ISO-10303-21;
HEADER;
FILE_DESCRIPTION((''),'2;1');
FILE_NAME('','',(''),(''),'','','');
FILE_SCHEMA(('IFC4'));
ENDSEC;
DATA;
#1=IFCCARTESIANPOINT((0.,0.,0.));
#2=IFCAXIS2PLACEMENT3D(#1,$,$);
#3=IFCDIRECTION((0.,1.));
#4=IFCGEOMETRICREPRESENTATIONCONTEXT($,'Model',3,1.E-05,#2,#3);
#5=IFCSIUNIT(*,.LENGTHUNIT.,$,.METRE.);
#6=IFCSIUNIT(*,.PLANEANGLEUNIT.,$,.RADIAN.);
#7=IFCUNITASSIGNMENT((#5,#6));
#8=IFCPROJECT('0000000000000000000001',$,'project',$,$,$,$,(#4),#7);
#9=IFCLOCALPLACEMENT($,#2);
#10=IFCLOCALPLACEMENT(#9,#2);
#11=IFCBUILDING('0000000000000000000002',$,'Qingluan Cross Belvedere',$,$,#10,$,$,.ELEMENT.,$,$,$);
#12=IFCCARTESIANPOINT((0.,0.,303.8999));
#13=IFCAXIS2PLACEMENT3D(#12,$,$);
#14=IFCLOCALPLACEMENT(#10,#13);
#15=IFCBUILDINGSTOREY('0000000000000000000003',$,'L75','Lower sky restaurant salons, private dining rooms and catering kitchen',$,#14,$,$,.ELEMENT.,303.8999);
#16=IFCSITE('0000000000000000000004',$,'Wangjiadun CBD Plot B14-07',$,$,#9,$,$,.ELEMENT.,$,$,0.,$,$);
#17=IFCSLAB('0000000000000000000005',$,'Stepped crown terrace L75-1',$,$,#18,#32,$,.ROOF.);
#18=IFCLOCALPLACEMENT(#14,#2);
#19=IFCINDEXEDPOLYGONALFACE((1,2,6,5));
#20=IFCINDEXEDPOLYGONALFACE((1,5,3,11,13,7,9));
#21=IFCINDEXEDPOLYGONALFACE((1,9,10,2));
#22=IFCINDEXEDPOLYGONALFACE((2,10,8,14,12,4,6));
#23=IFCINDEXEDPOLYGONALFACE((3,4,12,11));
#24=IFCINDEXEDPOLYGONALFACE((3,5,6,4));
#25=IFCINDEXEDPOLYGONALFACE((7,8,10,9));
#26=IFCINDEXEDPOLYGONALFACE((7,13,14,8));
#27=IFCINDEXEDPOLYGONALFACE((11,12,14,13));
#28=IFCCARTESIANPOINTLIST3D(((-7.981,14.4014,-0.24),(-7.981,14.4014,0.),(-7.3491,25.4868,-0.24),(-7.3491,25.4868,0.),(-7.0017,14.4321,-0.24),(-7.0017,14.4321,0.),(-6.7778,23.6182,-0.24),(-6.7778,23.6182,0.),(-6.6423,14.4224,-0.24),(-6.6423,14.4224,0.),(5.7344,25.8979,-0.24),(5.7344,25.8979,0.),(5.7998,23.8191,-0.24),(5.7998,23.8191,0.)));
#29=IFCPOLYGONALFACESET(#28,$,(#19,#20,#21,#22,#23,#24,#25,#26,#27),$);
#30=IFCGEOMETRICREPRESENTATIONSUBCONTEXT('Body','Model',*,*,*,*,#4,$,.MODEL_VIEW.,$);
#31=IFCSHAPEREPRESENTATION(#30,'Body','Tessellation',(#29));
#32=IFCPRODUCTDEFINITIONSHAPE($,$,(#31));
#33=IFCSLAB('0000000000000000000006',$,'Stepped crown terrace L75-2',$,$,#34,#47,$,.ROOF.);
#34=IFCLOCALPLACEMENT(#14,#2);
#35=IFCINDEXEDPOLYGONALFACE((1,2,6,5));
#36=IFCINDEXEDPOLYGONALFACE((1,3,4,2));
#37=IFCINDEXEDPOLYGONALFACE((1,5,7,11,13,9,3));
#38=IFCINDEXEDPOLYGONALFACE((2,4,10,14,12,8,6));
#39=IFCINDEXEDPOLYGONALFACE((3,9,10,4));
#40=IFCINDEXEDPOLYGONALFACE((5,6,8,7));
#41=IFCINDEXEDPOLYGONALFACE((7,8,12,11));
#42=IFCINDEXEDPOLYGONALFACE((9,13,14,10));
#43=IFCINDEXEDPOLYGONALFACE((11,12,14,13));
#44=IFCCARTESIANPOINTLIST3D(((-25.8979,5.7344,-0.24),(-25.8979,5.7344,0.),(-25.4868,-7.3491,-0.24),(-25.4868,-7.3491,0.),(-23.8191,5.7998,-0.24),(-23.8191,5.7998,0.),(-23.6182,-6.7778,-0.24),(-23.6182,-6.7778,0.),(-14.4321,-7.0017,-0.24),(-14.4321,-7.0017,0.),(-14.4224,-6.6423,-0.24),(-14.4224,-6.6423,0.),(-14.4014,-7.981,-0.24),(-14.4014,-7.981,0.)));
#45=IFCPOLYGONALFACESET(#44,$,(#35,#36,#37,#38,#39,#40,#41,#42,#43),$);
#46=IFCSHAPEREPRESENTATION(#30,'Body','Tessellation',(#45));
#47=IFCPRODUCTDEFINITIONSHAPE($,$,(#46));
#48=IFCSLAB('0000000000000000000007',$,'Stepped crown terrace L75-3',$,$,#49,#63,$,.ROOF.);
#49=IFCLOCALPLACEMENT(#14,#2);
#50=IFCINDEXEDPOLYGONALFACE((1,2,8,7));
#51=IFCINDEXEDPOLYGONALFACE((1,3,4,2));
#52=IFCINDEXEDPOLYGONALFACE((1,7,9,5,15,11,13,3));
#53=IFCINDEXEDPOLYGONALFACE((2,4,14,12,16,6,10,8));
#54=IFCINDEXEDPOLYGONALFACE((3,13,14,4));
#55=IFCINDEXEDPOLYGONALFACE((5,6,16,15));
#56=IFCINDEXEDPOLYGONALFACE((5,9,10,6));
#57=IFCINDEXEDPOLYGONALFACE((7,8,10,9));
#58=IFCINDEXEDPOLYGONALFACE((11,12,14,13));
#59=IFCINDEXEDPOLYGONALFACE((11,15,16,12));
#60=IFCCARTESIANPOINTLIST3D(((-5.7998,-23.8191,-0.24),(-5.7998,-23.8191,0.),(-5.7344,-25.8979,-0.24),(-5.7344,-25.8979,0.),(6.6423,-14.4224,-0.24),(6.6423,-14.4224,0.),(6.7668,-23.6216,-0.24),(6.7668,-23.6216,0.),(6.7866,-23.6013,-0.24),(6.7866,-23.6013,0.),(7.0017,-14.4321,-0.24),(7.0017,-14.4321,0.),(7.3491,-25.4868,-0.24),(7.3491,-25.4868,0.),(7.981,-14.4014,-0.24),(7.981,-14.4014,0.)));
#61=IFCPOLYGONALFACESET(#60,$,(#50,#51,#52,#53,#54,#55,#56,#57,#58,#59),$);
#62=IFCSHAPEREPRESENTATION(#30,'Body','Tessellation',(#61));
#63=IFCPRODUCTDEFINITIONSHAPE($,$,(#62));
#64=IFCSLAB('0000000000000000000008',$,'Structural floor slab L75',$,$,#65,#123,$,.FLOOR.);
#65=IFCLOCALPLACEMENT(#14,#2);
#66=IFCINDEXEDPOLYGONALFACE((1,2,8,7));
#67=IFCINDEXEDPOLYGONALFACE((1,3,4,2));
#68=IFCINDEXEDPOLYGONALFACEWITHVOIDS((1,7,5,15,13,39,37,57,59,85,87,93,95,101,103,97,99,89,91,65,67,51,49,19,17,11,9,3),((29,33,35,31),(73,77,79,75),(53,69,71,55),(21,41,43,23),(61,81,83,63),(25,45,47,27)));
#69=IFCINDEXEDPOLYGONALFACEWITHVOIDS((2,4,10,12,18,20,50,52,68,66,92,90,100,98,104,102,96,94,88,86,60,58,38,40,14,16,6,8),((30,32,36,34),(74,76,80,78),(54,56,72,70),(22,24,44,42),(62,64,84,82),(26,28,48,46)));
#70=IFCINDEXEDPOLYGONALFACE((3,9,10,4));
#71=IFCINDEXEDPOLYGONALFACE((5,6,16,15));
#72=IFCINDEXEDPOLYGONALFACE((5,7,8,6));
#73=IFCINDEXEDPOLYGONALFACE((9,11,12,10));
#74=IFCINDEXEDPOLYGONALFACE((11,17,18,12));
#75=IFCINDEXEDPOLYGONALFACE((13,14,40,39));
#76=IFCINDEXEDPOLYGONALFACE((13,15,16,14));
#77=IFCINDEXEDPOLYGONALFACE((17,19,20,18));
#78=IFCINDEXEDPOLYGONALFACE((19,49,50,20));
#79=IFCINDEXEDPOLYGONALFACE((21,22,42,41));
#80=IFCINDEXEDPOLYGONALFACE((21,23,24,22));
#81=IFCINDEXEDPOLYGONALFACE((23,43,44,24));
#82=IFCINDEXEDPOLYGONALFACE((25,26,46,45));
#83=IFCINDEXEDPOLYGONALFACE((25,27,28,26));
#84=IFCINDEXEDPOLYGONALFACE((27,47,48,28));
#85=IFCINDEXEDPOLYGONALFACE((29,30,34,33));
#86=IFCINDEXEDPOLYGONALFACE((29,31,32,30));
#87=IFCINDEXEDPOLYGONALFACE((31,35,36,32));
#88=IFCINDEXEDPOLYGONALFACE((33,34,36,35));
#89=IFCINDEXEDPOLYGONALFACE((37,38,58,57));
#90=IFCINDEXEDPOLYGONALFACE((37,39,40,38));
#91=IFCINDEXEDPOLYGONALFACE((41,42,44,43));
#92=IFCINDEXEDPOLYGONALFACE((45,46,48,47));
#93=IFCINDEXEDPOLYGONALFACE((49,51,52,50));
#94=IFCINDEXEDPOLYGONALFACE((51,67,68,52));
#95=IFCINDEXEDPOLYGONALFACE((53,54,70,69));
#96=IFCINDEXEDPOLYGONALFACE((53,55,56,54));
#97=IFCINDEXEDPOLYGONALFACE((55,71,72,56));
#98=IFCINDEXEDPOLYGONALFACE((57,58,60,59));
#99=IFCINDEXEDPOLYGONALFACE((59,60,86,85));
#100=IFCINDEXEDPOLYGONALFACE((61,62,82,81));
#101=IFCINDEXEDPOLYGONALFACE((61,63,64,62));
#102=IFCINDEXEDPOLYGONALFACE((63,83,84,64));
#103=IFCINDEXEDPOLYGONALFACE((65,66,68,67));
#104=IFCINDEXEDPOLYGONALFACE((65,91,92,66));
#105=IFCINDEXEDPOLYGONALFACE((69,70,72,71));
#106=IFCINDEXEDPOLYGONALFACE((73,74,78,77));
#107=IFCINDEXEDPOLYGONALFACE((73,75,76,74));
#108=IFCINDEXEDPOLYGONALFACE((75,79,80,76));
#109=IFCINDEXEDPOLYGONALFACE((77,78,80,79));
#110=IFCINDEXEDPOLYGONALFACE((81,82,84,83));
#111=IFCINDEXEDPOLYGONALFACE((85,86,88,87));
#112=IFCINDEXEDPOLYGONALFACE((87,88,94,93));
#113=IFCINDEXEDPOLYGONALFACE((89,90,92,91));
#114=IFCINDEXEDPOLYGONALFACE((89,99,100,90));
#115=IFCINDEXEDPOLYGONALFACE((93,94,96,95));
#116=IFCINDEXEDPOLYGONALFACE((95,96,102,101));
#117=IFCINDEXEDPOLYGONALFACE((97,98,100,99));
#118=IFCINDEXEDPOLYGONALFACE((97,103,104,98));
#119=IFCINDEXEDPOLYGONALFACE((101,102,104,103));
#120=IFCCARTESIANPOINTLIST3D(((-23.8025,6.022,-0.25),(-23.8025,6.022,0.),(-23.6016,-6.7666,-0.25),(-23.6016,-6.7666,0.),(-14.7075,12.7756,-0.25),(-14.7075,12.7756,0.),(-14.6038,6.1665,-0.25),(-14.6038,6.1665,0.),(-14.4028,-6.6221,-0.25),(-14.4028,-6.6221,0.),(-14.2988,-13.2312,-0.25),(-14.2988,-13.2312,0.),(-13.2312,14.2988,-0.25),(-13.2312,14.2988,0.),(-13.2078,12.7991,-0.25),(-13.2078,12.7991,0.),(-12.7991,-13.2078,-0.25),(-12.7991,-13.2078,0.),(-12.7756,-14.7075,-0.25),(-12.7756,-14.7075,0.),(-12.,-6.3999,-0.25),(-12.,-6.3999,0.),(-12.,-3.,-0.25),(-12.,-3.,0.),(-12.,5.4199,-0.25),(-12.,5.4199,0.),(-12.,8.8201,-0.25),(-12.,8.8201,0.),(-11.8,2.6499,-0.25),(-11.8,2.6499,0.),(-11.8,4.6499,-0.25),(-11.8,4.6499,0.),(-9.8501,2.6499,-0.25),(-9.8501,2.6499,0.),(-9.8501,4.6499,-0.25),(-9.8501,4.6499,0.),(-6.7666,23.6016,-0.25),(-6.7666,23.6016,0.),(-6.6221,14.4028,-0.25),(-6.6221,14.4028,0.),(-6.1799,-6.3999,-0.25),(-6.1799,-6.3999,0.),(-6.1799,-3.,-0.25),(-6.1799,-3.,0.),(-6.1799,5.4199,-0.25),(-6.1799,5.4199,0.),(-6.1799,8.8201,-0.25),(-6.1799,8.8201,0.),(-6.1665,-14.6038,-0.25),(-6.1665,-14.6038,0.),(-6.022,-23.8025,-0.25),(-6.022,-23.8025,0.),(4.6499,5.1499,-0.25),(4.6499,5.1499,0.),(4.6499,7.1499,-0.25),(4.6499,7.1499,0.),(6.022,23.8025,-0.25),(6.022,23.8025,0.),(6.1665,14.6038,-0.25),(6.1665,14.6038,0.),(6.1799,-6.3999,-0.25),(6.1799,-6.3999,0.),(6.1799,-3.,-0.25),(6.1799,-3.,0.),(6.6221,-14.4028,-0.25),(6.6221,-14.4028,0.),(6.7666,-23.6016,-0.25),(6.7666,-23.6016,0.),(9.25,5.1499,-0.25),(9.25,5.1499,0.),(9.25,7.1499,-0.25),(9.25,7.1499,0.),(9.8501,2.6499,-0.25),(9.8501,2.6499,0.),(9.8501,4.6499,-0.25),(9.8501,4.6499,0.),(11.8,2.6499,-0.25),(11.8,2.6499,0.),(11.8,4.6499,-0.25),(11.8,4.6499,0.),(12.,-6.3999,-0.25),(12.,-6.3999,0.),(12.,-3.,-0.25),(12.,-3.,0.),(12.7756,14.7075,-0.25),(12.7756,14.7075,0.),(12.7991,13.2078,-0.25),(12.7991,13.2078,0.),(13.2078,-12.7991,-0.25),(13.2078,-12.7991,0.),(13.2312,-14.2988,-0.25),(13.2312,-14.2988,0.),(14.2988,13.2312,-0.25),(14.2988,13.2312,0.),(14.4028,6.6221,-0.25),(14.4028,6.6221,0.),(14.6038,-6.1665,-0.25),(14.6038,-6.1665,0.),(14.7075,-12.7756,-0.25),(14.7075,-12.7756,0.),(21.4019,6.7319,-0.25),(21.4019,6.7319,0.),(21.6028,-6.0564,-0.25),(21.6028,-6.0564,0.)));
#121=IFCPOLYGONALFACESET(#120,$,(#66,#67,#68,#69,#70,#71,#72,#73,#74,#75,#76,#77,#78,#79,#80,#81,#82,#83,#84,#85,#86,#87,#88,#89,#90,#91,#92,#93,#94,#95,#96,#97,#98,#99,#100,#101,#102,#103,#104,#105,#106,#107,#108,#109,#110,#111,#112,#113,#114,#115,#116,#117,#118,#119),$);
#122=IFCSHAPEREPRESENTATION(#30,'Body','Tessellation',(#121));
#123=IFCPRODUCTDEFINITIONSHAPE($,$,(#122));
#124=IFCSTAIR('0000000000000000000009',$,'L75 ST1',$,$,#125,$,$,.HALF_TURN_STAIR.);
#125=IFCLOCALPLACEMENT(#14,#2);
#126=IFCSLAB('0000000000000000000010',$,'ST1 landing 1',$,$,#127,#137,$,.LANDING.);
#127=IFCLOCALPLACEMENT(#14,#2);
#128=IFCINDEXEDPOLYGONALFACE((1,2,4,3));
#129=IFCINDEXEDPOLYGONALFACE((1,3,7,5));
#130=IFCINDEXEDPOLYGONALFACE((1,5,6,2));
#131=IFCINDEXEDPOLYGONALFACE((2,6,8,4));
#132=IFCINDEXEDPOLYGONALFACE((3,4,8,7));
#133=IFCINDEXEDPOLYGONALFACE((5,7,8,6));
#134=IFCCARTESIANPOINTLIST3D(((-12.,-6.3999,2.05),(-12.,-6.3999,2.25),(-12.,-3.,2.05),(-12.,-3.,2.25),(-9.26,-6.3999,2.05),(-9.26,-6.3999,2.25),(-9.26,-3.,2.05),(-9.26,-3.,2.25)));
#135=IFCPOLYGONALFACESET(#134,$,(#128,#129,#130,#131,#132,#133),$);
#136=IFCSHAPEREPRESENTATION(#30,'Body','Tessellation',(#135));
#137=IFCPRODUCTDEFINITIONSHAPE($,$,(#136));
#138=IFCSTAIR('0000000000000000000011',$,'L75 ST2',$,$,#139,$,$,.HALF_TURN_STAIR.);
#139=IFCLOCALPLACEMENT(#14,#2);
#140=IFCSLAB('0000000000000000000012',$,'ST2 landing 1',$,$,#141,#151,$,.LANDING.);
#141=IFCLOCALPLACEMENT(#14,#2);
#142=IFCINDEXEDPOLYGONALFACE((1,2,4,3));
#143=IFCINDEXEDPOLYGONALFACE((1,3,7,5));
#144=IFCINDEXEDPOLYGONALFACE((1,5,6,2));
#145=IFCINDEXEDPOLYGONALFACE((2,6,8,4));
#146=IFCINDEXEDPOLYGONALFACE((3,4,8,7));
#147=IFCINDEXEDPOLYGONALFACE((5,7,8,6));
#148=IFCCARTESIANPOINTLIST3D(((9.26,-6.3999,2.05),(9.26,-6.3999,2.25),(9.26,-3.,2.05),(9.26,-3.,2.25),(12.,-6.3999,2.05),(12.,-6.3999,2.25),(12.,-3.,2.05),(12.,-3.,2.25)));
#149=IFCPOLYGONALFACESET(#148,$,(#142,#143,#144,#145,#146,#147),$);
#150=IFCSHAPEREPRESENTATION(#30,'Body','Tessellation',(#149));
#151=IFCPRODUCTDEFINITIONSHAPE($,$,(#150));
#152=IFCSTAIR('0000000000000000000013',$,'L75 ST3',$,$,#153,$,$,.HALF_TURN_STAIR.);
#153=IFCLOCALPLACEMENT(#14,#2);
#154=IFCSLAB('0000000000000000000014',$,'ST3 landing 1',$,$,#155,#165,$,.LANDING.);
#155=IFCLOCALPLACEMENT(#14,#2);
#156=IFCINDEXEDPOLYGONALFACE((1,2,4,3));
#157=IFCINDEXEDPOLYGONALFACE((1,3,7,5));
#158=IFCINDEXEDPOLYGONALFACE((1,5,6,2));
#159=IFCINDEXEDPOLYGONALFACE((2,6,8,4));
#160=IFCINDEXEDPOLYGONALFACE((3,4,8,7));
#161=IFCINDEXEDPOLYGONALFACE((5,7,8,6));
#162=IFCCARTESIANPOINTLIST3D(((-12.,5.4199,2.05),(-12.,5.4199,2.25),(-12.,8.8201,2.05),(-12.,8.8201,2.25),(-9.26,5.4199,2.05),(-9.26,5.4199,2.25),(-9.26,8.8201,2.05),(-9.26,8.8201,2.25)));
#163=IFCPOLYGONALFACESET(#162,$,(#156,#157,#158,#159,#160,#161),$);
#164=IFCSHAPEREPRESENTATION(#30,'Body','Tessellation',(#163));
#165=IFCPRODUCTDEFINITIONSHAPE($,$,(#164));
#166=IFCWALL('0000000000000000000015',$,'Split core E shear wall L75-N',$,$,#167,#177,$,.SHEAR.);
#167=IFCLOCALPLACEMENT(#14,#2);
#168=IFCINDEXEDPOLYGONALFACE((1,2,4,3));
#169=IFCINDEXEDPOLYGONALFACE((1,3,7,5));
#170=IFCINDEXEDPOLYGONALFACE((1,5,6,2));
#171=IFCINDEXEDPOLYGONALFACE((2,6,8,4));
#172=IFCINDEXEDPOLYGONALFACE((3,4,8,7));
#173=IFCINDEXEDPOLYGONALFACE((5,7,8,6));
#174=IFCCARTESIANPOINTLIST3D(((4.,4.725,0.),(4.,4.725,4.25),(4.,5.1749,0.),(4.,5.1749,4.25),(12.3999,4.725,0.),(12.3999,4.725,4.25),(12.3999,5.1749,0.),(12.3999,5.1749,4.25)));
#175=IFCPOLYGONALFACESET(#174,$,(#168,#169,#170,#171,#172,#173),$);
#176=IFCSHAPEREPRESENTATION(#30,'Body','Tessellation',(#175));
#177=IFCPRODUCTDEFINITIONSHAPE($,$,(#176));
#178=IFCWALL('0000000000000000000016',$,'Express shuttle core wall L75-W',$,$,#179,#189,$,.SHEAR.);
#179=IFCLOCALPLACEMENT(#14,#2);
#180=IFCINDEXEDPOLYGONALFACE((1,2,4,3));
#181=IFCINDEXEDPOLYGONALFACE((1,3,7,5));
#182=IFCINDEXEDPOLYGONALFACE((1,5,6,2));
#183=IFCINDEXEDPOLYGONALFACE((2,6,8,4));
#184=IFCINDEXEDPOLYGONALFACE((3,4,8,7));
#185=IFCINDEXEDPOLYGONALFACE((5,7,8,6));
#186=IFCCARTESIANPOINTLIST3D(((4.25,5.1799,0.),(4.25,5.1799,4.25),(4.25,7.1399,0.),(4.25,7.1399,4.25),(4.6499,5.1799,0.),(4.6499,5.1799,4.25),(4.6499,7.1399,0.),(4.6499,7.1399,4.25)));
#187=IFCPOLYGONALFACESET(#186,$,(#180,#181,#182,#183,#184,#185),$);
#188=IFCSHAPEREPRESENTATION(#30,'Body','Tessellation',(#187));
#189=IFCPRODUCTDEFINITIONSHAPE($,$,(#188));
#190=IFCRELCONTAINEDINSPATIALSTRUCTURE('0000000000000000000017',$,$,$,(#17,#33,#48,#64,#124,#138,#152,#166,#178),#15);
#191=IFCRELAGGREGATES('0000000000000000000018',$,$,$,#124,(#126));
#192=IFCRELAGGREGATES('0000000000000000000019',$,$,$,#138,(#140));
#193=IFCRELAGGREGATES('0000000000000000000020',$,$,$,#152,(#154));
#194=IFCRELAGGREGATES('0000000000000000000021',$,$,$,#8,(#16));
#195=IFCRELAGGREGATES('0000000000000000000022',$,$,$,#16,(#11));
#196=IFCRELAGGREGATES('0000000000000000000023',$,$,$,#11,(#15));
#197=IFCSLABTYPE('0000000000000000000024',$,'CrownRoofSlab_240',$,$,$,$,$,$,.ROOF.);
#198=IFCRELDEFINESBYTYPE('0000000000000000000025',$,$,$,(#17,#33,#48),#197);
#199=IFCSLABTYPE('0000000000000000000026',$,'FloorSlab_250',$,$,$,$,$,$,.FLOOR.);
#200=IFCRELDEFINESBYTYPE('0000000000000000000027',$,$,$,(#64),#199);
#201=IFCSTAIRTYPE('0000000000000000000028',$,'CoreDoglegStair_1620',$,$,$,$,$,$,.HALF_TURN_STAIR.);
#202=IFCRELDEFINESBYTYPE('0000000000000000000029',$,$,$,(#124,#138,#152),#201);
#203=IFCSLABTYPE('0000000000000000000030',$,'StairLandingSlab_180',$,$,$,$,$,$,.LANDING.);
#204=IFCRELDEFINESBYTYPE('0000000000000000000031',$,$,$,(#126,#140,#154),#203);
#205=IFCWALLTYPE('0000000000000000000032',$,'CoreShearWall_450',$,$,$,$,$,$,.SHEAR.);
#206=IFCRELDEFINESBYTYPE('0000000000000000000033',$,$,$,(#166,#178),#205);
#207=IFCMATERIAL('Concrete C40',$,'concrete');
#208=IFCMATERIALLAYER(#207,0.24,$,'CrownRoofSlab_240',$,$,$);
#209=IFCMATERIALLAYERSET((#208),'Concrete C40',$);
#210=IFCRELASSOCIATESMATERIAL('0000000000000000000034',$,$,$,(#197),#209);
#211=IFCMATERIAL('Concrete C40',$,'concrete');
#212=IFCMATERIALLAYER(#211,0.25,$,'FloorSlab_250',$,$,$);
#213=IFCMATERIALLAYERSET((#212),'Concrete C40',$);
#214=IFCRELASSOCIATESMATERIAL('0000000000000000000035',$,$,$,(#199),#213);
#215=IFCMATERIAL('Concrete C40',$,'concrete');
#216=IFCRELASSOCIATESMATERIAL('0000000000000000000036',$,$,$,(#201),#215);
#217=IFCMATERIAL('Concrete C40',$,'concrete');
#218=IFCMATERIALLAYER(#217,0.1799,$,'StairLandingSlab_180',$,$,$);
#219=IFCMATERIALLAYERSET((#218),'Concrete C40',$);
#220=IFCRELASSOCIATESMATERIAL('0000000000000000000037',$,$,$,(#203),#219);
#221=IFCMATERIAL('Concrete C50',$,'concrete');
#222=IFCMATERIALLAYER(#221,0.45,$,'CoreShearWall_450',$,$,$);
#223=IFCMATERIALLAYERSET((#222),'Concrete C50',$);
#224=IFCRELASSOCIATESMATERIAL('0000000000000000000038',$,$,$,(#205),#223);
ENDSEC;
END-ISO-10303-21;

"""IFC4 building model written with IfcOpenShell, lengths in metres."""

from ifc_helpers import new_model, si_unit, direction, frame, frame_2d, origin, place, context, subcontext, project, spatial, polyline, rectangle, outline, extrude, material, layer, layer_set, type_object, element, aggregate, save


model = new_model("IFC4")

# Units and contexts
model_context = context("Model", 3, precision=1e-05, world=origin(), true_north=direction((0.0, 1.0)))
body_context = subcontext(model_context, "Body", "Model", "MODEL_VIEW")
ifc_project = project(units=[si_unit("LENGTHUNIT", "METRE"), si_unit("PLANEANGLEUNIT", "RADIAN")], contexts=[model_context])

# Site, building, storey
site_placement = place(None, origin())
site = spatial("IfcSite", under=ifc_project, at=site_placement, Name="Wangjiadun CBD Plot B14-07", CompositionType="ELEMENT", RefElevation=0.0)
building_placement = place(site_placement, origin())
building = spatial("IfcBuilding", under=site, at=building_placement, Name="Qingluan Cross Belvedere", CompositionType="ELEMENT")
storey_placement = place(building_placement, frame((0.0, 0.0, 303.8999)))
storey = spatial("IfcBuildingStorey", under=building, at=storey_placement, Name="L75", Description="Lower sky restaurant salons, private dining rooms and catering kitchen", CompositionType="ELEMENT", Elevation=303.8999)

# Slabs
ifc_material_1 = material(Name="Concrete C40", Category="concrete")
ifc_layer_1 = layer(ifc_material_1, 0.24, Name="CrownRoofSlab_240")
ifc_layer_set_1 = layer_set([ifc_layer_1], Name="Concrete C40")
slab_type_1 = type_object("IfcSlabType", Name="CrownRoofSlab_240", PredefinedType="ROOF", material=ifc_layer_set_1)
slab_1_placement = place(storey_placement, frame((0.0, 0.0, -0.24)))
element("IfcSlab", 1, at=slab_1_placement, inside=storey, type_object=slab_type_1, Name="Stepped crown terrace L75-1", PredefinedType="ROOF", context=body_context, shape_type="SweptSolid", body=[
    extrude(outline(polyline([(-7.0017, 14.4321), (-7.981, 14.4014), (-6.6423, 14.4224), (-6.7778, 23.6182), (5.7998, 23.8191), (5.7344, 25.8979), (-7.3491, 25.4868), (-7.0017, 14.4321)])), origin(), (0.0, 0.0, 1.0), 0.24),
])
slab_2_placement = place(storey_placement, frame((0.0, 0.0, -0.24)))
element("IfcSlab", 2, at=slab_2_placement, inside=storey, type_object=slab_type_1, Name="Stepped crown terrace L75-2", PredefinedType="ROOF", context=body_context, shape_type="SweptSolid", body=[
    extrude(outline(polyline([(-14.4321, -7.0017), (-14.4014, -7.981), (-14.4224, -6.6423), (-23.6182, -6.7778), (-23.8191, 5.7998), (-25.8979, 5.7344), (-25.4868, -7.3491), (-14.4321, -7.0017)])), origin(), (0.0, 0.0, 1.0), 0.24),
])
slab_3_placement = place(storey_placement, frame((0.0, 0.0, -0.24)))
element("IfcSlab", 3, at=slab_3_placement, inside=storey, type_object=slab_type_1, Name="Stepped crown terrace L75-3", PredefinedType="ROOF", context=body_context, shape_type="SweptSolid", body=[
    extrude(outline(polyline([(-5.7998, -23.8191), (-5.7344, -25.8979), (7.3491, -25.4868), (7.0017, -14.4321), (7.981, -14.4014), (6.6423, -14.4224), (6.7866, -23.6013), (6.7668, -23.6216), (-5.7998, -23.8191)])), origin(), (0.0, 0.0, 1.0), 0.24),
])
ifc_material_2 = material(Name="Concrete C40", Category="concrete")
ifc_layer_2 = layer(ifc_material_2, 0.25, Name="FloorSlab_250")
ifc_layer_set_2 = layer_set([ifc_layer_2], Name="Concrete C40")
slab_type_2 = type_object("IfcSlabType", Name="FloorSlab_250", PredefinedType="FLOOR", material=ifc_layer_set_2)
slab_4_placement = place(storey_placement, frame((0.0, 0.0, -0.25)))
element("IfcSlab", 4, at=slab_4_placement, inside=storey, type_object=slab_type_2, Name="Structural floor slab L75", PredefinedType="FLOOR", context=body_context, shape_type="SweptSolid", body=[
    extrude(outline(polyline([(6.7666, -23.6016), (6.6221, -14.4028), (13.2312, -14.2988), (13.2078, -12.7991), (14.7075, -12.7756), (14.6038, -6.1665), (21.6028, -6.0564), (21.4019, 6.7319), (14.4028, 6.6221), (14.2988, 13.2312), (12.7991, 13.2078), (12.7756, 14.7075), (6.1665, 14.6038), (6.022, 23.8025), (-6.7666, 23.6016), (-6.6221, 14.4028), (-13.2312, 14.2988), (-13.2078, 12.7991), (-14.7075, 12.7756), (-14.6038, 6.1665), (-23.8025, 6.022), (-23.6016, -6.7666), (-14.4028, -6.6221), (-14.2988, -13.2312), (-12.7991, -13.2078), (-12.7756, -14.7075), (-6.1665, -14.6038), (-6.022, -23.8025), (6.7666, -23.6016)]), holes=[polyline([(-12.0, -3.0), (-6.1799, -3.0), (-6.1799, -6.3999), (-12.0, -6.3999), (-12.0, -3.0)]), polyline([(6.1799, -3.0), (12.0, -3.0), (12.0, -6.3999), (6.1799, -6.3999), (6.1799, -3.0)]), polyline([(-12.0, 8.8201), (-6.1799, 8.8201), (-6.1799, 5.4199), (-12.0, 5.4199), (-12.0, 8.8201)]), polyline([(-11.8, 4.6499), (-9.8501, 4.6499), (-9.8501, 2.6499), (-11.8, 2.6499), (-11.8, 4.6499)]), polyline([(9.8501, 4.6499), (11.8, 4.6499), (11.8, 2.6499), (9.8501, 2.6499), (9.8501, 4.6499)]), polyline([(4.6499, 7.1499), (9.25, 7.1499), (9.25, 5.1499), (4.6499, 5.1499), (4.6499, 7.1499)])]), origin(), (0.0, 0.0, 1.0), 0.25),
])

# Stairs, slabs
ifc_material_3 = material(Name="Concrete C40", Category="concrete")
stair_type = type_object("IfcStairType", Name="CoreDoglegStair_1620", PredefinedType="HALF_TURN_STAIR", material=ifc_material_3)
stair_1_placement = place(storey_placement, origin())
stair_1 = element("IfcStair", 5, at=stair_1_placement, inside=storey, type_object=stair_type, Name="L75 ST1", PredefinedType="HALF_TURN_STAIR")
ifc_material_4 = material(Name="Concrete C40", Category="concrete")
ifc_layer_3 = layer(ifc_material_4, 0.1799, Name="StairLandingSlab_180")
ifc_layer_set_3 = layer_set([ifc_layer_3], Name="Concrete C40")
slab_type_3 = type_object("IfcSlabType", Name="StairLandingSlab_180", PredefinedType="LANDING", material=ifc_layer_set_3)
slab_5_placement = place(storey_placement, frame((0.0, 0.0, 2.05)))
slab_5 = element("IfcSlab", 6, at=slab_5_placement, type_object=slab_type_3, Name="ST1 landing 1", PredefinedType="LANDING", context=body_context, shape_type="SweptSolid", body=[
    extrude(outline(polyline([(-9.26, -3.0), (-12.0, -3.0), (-12.0, -6.3999), (-9.26, -6.3999), (-9.26, -3.0)])), origin(), (0.0, 0.0, 1.0), 0.2),
])
aggregate(stair_1, [slab_5])
stair_2_placement = place(storey_placement, origin())
stair_2 = element("IfcStair", 7, at=stair_2_placement, inside=storey, type_object=stair_type, Name="L75 ST2", PredefinedType="HALF_TURN_STAIR")
slab_6_placement = place(storey_placement, frame((0.0, 0.0, 2.05)))
slab_6 = element("IfcSlab", 8, at=slab_6_placement, type_object=slab_type_3, Name="ST2 landing 1", PredefinedType="LANDING", context=body_context, shape_type="SweptSolid", body=[
    extrude(outline(polyline([(9.26, -6.3999), (12.0, -6.3999), (12.0, -3.0), (9.26, -3.0), (9.26, -6.3999)])), origin(), (0.0, 0.0, 1.0), 0.2),
])
aggregate(stair_2, [slab_6])
stair_3_placement = place(storey_placement, origin())
stair_3 = element("IfcStair", 9, at=stair_3_placement, inside=storey, type_object=stair_type, Name="L75 ST3", PredefinedType="HALF_TURN_STAIR")
slab_7_placement = place(storey_placement, frame((0.0, 0.0, 2.05)))
slab_7 = element("IfcSlab", 10, at=slab_7_placement, type_object=slab_type_3, Name="ST3 landing 1", PredefinedType="LANDING", context=body_context, shape_type="SweptSolid", body=[
    extrude(outline(polyline([(-9.26, 8.8201), (-12.0, 8.8201), (-12.0, 5.4199), (-9.26, 5.4199), (-9.26, 8.8201)])), origin(), (0.0, 0.0, 1.0), 0.2),
])
aggregate(stair_3, [slab_7])

# Walls
ifc_material_5 = material(Name="Concrete C50", Category="concrete")
ifc_layer_4 = layer(ifc_material_5, 0.45, Name="CoreShearWall_450")
ifc_layer_set_4 = layer_set([ifc_layer_4], Name="Concrete C50")
wall_type_1 = type_object("IfcWallType", Name="CoreShearWall_450", PredefinedType="SHEAR", material=ifc_layer_set_4)
wall_1_placement = place(storey_placement, frame((4.0, 4.95, 0.0), z_axis=(0.0, 0.0, 1.0), x_axis=(1.0, 0.0, 0.0)))
element("IfcWall", 11, at=wall_1_placement, inside=storey, type_object=wall_type_1, Name="Split core E shear wall L75-N", PredefinedType="SHEAR", context=body_context, shape_type="SweptSolid", body=[
    extrude(rectangle(XDim=8.3999, YDim=0.45, at=frame_2d((4.2, 0.0))), origin(), (0.0, 0.0, 1.0), 4.25),
])
wall_2_placement = place(storey_placement, frame((4.45, 5.1799, 0.0), z_axis=(0.0, 0.0, 1.0), x_axis=(0.0, 1.0, 0.0)))
element("IfcWall", 12, at=wall_2_placement, inside=storey, type_object=wall_type_1, Name="Express shuttle core wall L75-W", PredefinedType="SHEAR", context=body_context, shape_type="SweptSolid", body=[
    extrude(rectangle(XDim=1.96, YDim=0.3999, at=frame_2d((0.98, 0.0))), origin(), (0.0, 0.0, 1.0), 4.25),
])

save(model, "model.ifc")
